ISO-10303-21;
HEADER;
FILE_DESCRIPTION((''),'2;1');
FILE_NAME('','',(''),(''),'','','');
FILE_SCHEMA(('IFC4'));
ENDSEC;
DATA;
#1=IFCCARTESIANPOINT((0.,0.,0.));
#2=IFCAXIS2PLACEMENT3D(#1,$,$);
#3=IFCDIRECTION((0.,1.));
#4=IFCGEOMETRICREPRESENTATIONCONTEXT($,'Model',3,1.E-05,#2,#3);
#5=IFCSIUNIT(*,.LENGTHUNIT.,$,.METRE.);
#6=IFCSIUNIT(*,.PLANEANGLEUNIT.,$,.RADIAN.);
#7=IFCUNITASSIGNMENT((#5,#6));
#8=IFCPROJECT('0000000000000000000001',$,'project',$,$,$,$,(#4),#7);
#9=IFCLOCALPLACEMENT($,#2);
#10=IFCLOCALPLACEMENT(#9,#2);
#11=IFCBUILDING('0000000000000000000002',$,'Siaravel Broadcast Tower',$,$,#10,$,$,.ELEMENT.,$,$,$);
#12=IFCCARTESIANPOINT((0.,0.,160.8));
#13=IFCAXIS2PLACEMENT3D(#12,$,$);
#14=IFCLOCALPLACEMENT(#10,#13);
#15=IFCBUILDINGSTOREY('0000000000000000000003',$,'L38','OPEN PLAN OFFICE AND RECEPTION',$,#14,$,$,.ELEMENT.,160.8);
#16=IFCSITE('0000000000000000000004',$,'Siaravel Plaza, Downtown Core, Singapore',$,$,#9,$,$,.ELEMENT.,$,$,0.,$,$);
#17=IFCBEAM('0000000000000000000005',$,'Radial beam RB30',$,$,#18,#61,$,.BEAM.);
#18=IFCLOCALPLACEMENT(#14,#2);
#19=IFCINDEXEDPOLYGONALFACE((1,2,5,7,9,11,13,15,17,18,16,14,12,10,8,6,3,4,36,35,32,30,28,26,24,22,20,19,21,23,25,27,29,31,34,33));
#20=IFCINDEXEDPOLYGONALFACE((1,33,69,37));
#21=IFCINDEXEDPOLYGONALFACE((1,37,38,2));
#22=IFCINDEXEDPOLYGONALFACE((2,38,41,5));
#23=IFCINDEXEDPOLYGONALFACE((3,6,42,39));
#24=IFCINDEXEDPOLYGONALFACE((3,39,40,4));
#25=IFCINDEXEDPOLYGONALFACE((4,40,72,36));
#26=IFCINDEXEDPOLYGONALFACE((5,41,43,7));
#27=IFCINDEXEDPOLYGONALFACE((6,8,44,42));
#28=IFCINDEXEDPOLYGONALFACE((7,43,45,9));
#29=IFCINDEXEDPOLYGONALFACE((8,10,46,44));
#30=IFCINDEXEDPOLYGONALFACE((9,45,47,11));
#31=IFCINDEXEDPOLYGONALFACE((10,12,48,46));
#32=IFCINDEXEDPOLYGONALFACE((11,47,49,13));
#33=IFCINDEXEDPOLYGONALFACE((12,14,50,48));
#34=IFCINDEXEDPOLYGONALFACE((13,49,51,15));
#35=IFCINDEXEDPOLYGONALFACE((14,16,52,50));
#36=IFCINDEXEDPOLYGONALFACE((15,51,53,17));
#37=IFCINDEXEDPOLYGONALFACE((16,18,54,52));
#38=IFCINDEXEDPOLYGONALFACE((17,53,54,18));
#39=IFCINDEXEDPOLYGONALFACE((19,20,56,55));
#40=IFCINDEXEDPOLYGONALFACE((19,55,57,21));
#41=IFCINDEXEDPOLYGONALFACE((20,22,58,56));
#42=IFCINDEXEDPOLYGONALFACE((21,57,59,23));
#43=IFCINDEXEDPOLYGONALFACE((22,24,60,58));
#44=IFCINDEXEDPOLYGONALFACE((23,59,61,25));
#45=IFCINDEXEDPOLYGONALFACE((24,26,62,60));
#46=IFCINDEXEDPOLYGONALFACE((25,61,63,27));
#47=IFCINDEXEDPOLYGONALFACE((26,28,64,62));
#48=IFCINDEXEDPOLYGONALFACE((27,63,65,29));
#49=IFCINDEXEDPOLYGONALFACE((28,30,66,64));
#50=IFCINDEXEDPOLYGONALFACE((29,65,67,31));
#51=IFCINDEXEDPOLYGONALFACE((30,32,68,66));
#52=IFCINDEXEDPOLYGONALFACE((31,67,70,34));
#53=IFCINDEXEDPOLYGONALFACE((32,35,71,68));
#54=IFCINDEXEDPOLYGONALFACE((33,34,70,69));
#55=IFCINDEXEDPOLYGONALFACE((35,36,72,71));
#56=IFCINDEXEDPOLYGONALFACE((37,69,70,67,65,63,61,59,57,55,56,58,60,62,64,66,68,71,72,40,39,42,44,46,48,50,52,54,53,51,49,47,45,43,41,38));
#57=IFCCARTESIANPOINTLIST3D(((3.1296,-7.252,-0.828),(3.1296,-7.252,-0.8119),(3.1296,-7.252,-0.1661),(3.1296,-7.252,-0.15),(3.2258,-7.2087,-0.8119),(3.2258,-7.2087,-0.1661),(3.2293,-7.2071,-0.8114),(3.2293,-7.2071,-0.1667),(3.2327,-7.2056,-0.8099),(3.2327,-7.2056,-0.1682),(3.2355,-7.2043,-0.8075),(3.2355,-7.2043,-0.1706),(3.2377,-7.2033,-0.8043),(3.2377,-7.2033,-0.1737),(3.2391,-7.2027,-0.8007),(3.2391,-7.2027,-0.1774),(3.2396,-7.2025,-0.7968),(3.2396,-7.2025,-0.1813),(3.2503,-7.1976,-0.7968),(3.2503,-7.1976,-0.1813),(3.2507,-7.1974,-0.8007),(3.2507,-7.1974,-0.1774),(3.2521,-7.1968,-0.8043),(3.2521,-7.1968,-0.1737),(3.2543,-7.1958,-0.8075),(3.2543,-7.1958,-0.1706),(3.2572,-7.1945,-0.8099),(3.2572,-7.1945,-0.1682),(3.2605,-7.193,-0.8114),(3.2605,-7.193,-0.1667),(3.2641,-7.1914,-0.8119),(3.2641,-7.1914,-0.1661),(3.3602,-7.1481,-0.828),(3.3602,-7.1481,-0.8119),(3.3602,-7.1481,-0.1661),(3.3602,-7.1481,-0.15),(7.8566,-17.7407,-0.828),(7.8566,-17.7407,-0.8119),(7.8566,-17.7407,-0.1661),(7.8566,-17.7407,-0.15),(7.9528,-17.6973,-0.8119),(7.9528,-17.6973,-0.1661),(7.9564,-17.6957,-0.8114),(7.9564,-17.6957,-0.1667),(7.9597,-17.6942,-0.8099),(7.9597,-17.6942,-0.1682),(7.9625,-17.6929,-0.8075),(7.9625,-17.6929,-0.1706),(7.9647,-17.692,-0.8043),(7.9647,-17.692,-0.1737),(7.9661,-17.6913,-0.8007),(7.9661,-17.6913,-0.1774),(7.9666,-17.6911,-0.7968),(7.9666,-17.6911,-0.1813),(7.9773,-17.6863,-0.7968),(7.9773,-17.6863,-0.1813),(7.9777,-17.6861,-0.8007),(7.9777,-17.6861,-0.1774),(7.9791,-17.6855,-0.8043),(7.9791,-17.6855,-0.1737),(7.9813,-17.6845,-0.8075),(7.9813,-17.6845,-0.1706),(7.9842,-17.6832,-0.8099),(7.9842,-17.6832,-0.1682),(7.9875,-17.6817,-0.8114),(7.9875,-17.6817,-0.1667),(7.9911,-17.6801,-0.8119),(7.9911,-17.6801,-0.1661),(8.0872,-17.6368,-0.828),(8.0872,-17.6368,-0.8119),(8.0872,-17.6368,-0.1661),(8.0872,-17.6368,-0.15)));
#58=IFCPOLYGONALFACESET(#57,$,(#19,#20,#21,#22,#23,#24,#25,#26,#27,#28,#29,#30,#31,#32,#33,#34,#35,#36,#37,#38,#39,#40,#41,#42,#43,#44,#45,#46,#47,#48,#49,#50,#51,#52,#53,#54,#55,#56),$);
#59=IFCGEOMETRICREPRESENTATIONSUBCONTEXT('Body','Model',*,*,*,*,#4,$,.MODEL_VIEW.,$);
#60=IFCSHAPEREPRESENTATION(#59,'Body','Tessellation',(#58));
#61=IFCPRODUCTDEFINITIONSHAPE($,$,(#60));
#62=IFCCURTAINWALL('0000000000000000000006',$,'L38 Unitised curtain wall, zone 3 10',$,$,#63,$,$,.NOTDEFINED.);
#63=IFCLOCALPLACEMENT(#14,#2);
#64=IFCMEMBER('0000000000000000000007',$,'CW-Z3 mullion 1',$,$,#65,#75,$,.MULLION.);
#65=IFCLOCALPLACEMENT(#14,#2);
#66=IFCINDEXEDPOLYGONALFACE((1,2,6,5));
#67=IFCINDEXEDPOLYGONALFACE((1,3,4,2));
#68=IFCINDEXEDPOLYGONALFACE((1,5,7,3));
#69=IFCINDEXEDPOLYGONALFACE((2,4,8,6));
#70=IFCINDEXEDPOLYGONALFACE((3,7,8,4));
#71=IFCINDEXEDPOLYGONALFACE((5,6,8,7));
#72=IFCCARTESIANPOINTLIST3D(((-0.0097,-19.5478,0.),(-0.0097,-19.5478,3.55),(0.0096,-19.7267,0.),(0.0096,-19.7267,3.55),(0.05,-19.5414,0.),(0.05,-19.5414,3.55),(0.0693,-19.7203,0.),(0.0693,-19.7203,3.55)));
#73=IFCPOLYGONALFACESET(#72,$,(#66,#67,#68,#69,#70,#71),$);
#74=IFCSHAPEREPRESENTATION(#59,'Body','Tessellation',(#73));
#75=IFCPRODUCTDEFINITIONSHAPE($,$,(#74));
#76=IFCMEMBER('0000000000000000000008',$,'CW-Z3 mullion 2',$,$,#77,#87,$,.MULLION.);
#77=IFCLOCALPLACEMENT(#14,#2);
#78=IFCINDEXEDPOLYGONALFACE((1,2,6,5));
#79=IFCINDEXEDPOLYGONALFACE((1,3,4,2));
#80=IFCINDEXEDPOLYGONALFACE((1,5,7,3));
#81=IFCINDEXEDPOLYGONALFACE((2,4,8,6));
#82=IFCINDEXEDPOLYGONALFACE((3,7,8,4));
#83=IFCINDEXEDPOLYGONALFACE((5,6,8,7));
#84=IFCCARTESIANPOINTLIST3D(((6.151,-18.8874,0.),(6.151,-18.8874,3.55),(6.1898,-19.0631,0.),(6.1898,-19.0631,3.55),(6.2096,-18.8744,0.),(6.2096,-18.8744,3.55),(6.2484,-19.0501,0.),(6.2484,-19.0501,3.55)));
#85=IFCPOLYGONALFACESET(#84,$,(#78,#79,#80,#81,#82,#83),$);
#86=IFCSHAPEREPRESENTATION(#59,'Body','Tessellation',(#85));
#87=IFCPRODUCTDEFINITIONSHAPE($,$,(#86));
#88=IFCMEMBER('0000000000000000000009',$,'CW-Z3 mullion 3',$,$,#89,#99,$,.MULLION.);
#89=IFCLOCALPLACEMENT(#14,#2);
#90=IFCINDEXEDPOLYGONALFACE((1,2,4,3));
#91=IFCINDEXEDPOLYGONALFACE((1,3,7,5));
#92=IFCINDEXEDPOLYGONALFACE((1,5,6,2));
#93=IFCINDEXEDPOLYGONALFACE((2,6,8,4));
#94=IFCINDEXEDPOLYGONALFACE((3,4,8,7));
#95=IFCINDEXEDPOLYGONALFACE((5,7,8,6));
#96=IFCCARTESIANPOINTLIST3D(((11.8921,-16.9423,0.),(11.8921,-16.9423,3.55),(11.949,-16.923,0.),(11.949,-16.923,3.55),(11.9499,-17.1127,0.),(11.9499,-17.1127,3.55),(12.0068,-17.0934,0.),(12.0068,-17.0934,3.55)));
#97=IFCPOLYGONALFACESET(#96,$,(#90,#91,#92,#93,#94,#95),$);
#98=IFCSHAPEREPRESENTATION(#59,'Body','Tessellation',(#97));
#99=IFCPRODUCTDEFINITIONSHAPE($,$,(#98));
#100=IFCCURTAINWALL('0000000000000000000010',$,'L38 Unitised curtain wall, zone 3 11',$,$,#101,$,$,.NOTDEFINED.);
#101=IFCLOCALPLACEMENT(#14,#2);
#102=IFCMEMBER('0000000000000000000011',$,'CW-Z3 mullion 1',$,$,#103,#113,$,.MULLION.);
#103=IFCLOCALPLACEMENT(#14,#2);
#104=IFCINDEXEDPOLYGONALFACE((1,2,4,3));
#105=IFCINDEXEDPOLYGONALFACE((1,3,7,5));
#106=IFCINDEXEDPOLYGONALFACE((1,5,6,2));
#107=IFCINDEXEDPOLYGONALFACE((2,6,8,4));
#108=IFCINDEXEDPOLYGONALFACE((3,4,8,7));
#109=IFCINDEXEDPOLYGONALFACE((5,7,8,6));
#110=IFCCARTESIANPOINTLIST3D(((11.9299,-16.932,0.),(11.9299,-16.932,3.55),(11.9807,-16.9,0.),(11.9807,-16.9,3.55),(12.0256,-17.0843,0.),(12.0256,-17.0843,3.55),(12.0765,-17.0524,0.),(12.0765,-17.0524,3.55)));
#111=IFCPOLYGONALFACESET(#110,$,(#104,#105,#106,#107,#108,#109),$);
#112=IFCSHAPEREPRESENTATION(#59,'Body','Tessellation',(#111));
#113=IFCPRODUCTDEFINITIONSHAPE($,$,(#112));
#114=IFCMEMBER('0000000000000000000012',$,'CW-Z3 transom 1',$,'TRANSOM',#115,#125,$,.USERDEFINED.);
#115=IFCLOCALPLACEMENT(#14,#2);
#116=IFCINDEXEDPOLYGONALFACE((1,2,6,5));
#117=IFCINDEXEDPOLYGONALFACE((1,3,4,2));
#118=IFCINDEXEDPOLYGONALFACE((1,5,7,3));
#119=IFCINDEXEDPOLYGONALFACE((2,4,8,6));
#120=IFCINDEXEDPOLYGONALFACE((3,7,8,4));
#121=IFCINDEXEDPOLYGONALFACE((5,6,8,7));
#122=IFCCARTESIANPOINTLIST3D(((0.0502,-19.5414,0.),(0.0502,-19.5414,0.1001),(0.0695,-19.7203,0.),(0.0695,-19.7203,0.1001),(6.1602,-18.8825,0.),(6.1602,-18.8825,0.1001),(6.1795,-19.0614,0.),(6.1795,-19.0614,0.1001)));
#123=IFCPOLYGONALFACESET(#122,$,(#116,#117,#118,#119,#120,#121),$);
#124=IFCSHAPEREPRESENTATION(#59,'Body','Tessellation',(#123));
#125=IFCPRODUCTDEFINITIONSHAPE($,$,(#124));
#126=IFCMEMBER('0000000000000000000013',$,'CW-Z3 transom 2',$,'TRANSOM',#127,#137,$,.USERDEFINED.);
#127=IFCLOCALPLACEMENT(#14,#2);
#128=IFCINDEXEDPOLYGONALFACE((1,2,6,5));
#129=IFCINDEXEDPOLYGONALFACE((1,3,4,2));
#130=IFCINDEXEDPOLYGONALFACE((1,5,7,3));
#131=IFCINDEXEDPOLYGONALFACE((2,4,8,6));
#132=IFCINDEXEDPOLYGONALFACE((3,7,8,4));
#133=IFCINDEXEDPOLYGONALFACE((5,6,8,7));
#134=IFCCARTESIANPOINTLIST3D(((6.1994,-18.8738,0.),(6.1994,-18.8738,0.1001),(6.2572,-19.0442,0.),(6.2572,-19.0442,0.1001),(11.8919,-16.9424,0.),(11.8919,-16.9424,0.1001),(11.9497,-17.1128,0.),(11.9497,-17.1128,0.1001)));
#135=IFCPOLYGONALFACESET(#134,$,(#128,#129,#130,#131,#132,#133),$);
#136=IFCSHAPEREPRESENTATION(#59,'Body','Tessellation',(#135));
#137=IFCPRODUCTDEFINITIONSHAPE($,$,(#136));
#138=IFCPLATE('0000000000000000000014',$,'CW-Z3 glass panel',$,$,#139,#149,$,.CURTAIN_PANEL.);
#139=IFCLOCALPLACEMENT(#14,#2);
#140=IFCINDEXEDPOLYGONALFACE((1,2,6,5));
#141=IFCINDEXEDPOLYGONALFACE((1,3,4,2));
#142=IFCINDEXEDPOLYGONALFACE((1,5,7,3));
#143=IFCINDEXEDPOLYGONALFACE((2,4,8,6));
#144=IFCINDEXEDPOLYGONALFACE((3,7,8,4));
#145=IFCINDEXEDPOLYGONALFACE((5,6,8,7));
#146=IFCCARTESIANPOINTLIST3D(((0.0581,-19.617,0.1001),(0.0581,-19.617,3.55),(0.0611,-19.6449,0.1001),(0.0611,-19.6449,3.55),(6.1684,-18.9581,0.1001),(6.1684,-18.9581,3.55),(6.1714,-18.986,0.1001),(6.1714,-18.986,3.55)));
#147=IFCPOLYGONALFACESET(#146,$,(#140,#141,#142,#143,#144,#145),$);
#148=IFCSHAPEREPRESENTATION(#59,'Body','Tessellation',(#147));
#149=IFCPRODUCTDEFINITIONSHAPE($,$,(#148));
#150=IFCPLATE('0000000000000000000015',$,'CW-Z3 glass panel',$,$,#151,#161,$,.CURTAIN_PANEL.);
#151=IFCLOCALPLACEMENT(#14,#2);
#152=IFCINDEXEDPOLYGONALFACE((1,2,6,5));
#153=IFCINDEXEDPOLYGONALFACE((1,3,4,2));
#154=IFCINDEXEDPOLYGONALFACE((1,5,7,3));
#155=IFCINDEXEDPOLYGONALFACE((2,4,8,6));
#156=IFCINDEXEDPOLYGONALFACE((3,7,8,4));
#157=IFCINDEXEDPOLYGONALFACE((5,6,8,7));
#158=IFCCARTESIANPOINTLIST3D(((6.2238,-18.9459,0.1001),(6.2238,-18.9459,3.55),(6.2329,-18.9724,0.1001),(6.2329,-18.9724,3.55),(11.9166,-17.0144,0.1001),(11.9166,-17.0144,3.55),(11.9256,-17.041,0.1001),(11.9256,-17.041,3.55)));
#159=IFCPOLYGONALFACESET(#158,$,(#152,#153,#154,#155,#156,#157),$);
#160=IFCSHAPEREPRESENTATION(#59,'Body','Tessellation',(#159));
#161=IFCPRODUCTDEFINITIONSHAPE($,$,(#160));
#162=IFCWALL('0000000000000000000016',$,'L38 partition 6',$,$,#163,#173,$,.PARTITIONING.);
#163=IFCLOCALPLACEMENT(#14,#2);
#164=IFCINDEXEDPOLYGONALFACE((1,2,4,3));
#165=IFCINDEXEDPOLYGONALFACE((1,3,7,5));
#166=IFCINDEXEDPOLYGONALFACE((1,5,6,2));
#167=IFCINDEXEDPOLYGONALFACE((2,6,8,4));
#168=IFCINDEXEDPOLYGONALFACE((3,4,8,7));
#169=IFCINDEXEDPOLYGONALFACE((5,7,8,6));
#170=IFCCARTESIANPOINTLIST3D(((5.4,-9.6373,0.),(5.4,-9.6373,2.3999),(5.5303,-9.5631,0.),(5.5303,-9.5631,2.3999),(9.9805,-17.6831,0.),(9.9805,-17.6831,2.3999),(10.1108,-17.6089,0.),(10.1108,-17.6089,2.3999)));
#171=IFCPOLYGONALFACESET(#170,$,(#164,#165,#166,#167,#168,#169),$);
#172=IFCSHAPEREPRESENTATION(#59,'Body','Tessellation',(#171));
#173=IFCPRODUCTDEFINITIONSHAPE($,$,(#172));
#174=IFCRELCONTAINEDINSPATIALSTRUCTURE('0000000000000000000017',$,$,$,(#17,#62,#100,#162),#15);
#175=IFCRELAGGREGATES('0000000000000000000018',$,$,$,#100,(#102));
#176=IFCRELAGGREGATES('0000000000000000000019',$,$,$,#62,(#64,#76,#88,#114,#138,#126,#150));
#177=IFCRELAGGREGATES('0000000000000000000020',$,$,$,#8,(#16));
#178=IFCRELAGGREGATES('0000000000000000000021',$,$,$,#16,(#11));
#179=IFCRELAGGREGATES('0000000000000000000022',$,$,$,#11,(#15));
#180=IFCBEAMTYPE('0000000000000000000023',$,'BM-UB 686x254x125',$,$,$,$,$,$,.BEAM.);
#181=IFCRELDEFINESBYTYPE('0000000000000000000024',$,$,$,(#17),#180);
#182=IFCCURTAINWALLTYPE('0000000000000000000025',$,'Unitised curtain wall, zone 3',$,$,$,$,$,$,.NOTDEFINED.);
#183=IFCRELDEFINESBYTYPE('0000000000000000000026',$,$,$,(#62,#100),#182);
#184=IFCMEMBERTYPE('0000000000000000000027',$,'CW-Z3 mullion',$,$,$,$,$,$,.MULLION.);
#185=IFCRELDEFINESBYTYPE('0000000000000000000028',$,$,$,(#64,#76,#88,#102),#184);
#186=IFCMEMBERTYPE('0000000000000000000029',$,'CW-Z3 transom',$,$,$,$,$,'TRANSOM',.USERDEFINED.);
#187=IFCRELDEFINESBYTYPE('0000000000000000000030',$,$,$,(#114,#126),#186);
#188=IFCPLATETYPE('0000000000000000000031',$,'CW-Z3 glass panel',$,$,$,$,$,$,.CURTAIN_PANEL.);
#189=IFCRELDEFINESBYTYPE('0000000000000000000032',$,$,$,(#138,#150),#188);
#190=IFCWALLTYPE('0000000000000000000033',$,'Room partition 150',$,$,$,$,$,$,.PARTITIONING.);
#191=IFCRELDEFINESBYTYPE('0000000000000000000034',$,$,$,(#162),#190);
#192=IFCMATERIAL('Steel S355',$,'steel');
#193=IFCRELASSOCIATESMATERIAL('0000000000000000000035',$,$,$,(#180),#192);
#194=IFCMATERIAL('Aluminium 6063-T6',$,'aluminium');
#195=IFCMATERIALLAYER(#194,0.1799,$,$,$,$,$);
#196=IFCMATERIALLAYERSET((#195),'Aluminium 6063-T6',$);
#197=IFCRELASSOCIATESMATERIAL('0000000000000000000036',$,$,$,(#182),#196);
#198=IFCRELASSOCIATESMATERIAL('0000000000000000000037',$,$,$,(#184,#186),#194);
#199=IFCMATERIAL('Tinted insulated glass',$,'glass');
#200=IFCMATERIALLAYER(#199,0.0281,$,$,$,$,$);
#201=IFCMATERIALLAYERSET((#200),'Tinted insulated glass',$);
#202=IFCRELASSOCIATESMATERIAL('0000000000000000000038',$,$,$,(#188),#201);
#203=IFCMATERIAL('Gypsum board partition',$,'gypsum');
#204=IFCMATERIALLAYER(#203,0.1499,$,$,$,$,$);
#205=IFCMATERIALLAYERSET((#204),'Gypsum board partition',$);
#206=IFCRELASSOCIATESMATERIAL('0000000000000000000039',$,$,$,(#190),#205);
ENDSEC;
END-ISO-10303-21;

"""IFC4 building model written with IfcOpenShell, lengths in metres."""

from ifc_helpers import new_model, si_unit, direction, frame, frame_2d, origin, origin_2d, place, context, subcontext, project, spatial, rectangle, i_section, extrude, material, layer, layer_set, material_profile, profile_set, type_object, element, aggregate, save


model = new_model("IFC4")

# Units and contexts
model_context = context("Model", 3, precision=1e-05, world=origin(), true_north=direction((0.0, 1.0)))
body_context = subcontext(model_context, "Body", "Model", "MODEL_VIEW")
ifc_project = project(units=[si_unit("LENGTHUNIT", "METRE"), si_unit("PLANEANGLEUNIT", "RADIAN")], contexts=[model_context])

# Site, building, storey
site_placement = place(None, origin())
site = spatial("IfcSite", under=ifc_project, at=site_placement, Name="Siaravel Plaza, Downtown Core, Singapore", CompositionType="ELEMENT", RefElevation=0.0)
building_placement = place(site_placement, origin())
building = spatial("IfcBuilding", under=site, at=building_placement, Name="Siaravel Broadcast Tower", CompositionType="ELEMENT")
storey_placement = place(building_placement, frame((0.0, 0.0, 160.8)))
storey = spatial("IfcBuildingStorey", under=building, at=storey_placement, Name="L38", Description="OPEN PLAN OFFICE AND RECEPTION", CompositionType="ELEMENT", Elevation=160.8)

# Beam
ifc_material_1 = material(Name="Steel S355", Category="steel")
ifc_material_profile_1 = material_profile(ifc_material_1, i_section(OverallWidth=0.2529, OverallDepth=0.678, WebThickness=0.0117, FlangeThickness=0.0161, FilletRadius=0.0151, at=origin_2d()))
ifc_profile_set_1 = profile_set([ifc_material_profile_1], Name="Steel S355")
beam_type = type_object("IfcBeamType", Name="BM-UB 686x254x125", PredefinedType="BEAM", material=ifc_profile_set_1)
beam_1_placement = place(storey_placement, frame((7.9719, -17.6887, -0.489), z_axis=(-0.410878, 0.91169, 0.0), x_axis=(-0.91169, -0.410878, 0.0)))
element("IfcBeam", 1, at=beam_1_placement, inside=storey, type_object=beam_type, Name="Radial beam RB30", PredefinedType="BEAM", context=body_context, shape_type="SweptSolid", body=[
    extrude(i_section(OverallWidth=0.2529, OverallDepth=0.678, WebThickness=0.0117, FlangeThickness=0.0161, FilletRadius=0.0151, at=origin_2d()), origin(), (0.0, 0.0, 1.0), 11.5046),
])

# Curtain wall, members
ifc_material_2 = material(Name="Aluminium 6063-T6", Category="aluminium")
ifc_layer_1 = layer(ifc_material_2, 0.1799)
ifc_layer_set_1 = layer_set([ifc_layer_1], Name="Aluminium 6063-T6")
curtain_wall_type = type_object("IfcCurtainWallType", Name="Unitised curtain wall, zone 3", PredefinedType="NOTDEFINED", material=ifc_layer_set_1)
curtain_wall_1_placement = place(storey_placement, origin())
curtain_wall_1 = element("IfcCurtainWall", 2, at=curtain_wall_1_placement, inside=storey, type_object=curtain_wall_type, Name="L38 Unitised curtain wall, zone 3 10", PredefinedType="NOTDEFINED")
ifc_material_profile_2 = material_profile(ifc_material_2, rectangle(XDim=0.1799, YDim=0.0601, at=origin_2d()))
ifc_profile_set_2 = profile_set([ifc_material_profile_2], Name="Aluminium 6063-T6")
member_type_1 = type_object("IfcMemberType", Name="CW-Z3 mullion", PredefinedType="MULLION", material=ifc_profile_set_2)
member_1_placement = place(storey_placement, frame((0.0298, -19.634, 0.0), z_axis=(0.0, 0.0, 1.0), x_axis=(-0.107218, 0.994236, 0.0)))
member_1 = element("IfcMember", 3, at=member_1_placement, type_object=member_type_1, Name="CW-Z3 mullion 1", PredefinedType="MULLION", context=body_context, shape_type="SweptSolid", body=[
    extrude(rectangle(XDim=0.1799, YDim=0.0601, at=origin_2d()), origin(), (0.0, 0.0, 1.0), 3.55),
])
member_2_placement = place(storey_placement, frame((6.1997, -18.9688, 0.0), z_axis=(0.0, 0.0, 1.0), x_axis=(-0.215559, 0.976491, 0.0)))
member_2 = element("IfcMember", 4, at=member_2_placement, type_object=member_type_1, Name="CW-Z3 mullion 2", PredefinedType="MULLION", context=body_context, shape_type="SweptSolid", body=[
    extrude(rectangle(XDim=0.1799, YDim=0.0601, at=origin_2d()), origin(), (0.0, 0.0, 1.0), 3.55),
])
member_3_placement = place(storey_placement, frame((11.9495, -17.0178, 0.0), z_axis=(0.0, 0.0, 1.0), x_axis=(-0.321301, 0.946977, 0.0)))
member_3 = element("IfcMember", 5, at=member_3_placement, type_object=member_type_1, Name="CW-Z3 mullion 3", PredefinedType="MULLION", context=body_context, shape_type="SweptSolid", body=[
    extrude(rectangle(XDim=0.1799, YDim=0.0601, at=origin_2d()), origin(), (0.0, 0.0, 1.0), 3.55),
])

# Curtain wall, member
curtain_wall_2_placement = place(storey_placement, origin())
curtain_wall_2 = element("IfcCurtainWall", 6, at=curtain_wall_2_placement, inside=storey, type_object=curtain_wall_type, Name="L38 Unitised curtain wall, zone 3 11", PredefinedType="NOTDEFINED")
member_4_placement = place(storey_placement, frame((12.0032, -16.9922, 0.0), z_axis=(0.0, 0.0, 1.0), x_axis=(-0.53215, 0.84665, 0.0)))
member_4 = element("IfcMember", 7, at=member_4_placement, type_object=member_type_1, Name="CW-Z3 mullion 1", PredefinedType="MULLION", context=body_context, shape_type="SweptSolid", body=[
    extrude(rectangle(XDim=0.1799, YDim=0.0601, at=origin_2d()), origin(), (0.0, 0.0, 1.0), 3.55),
])
aggregate(curtain_wall_2, [member_4])

# Members
ifc_material_profile_3 = material_profile(ifc_material_2, rectangle(XDim=0.1799, YDim=0.1001, at=origin_2d()))
ifc_profile_set_3 = profile_set([ifc_material_profile_3], Name="Aluminium 6063-T6")
member_type_2 = type_object("IfcMemberType", Name="CW-Z3 transom", ElementType="TRANSOM", PredefinedType="USERDEFINED", material=ifc_profile_set_3)
member_5_placement = place(storey_placement, frame((0.0598, -19.6309, 0.05), z_axis=(0.994235, 0.107222, 0.0), x_axis=(-0.107222, 0.994235, 0.0)))
member_5 = element("IfcMember", 8, at=member_5_placement, type_object=member_type_2, Name="CW-Z3 transom 1", ObjectType="TRANSOM", PredefinedType="USERDEFINED", context=body_context, shape_type="SweptSolid", body=[
    extrude(rectangle(XDim=0.1799, YDim=0.1001, at=origin_2d()), origin(), (0.0, 0.0, 1.0), 6.1455),
])
member_6_placement = place(storey_placement, frame((6.2283, -18.959, 0.05), z_axis=(0.94698, 0.321292, 0.0), x_axis=(-0.321292, 0.94698, 0.0)))
member_6 = element("IfcMember", 9, at=member_6_placement, type_object=member_type_2, Name="CW-Z3 transom 2", ObjectType="TRANSOM", PredefinedType="USERDEFINED", context=body_context, shape_type="SweptSolid", body=[
    extrude(rectangle(XDim=0.1799, YDim=0.1001, at=origin_2d()), origin(), (0.0, 0.0, 1.0), 6.0112),
])

# Plates
ifc_material_3 = material(Name="Tinted insulated glass", Category="glass")
ifc_layer_2 = layer(ifc_material_3, 0.0281)
ifc_layer_set_2 = layer_set([ifc_layer_2], Name="Tinted insulated glass")
plate_type = type_object("IfcPlateType", Name="CW-Z3 glass panel", PredefinedType="CURTAIN_PANEL", material=ifc_layer_set_2)
plate_1_placement = place(storey_placement, frame((3.1147, -19.3015, 0.1001), z_axis=(0.0, 0.0, 1.0), x_axis=(0.994236, 0.107218, 0.0)))
plate_1 = element("IfcPlate", 10, at=plate_1_placement, type_object=plate_type, Name="CW-Z3 glass panel", PredefinedType="CURTAIN_PANEL", context=body_context, shape_type="SweptSolid", body=[
    extrude(rectangle(XDim=6.1458, YDim=0.0281, at=origin_2d()), origin(), (0.0, 0.0, 1.0), 3.45),
])
plate_2_placement = place(storey_placement, frame((9.0747, -17.9934, 0.1001), z_axis=(0.0, 0.0, 1.0), x_axis=(0.946977, 0.321301, 0.0)))
plate_2 = element("IfcPlate", 11, at=plate_2_placement, type_object=plate_type, Name="CW-Z3 glass panel", PredefinedType="CURTAIN_PANEL", context=body_context, shape_type="SweptSolid", body=[
    extrude(rectangle(XDim=6.0115, YDim=0.0281, at=origin_2d()), origin(), (0.0, 0.0, 1.0), 3.45),
])
aggregate(curtain_wall_1, [member_1, member_2, member_3, member_5, plate_1, member_6, plate_2])

# Wall
ifc_material_4 = material(Name="Gypsum board partition", Category="gypsum")
ifc_layer_3 = layer(ifc_material_4, 0.1499)
ifc_layer_set_3 = layer_set([ifc_layer_3], Name="Gypsum board partition")
wall_type = type_object("IfcWallType", Name="Room partition 150", PredefinedType="PARTITIONING", material=ifc_layer_set_3)
wall_placement = place(storey_placement, frame((10.0457, -17.646, 0.0), z_axis=(0.0, 0.0, 1.0), x_axis=(-0.494747, 0.869037, 0.0)))
element("IfcWall", 12, at=wall_placement, inside=storey, type_object=wall_type, Name="L38 partition 6", PredefinedType="PARTITIONING", context=body_context, shape_type="SweptSolid", body=[
    extrude(rectangle(XDim=9.2583, YDim=0.1499, at=frame_2d((4.6292, 0.0))), origin(), (0.0, 0.0, 1.0), 2.3999),
])

save(model, "model.ifc")
